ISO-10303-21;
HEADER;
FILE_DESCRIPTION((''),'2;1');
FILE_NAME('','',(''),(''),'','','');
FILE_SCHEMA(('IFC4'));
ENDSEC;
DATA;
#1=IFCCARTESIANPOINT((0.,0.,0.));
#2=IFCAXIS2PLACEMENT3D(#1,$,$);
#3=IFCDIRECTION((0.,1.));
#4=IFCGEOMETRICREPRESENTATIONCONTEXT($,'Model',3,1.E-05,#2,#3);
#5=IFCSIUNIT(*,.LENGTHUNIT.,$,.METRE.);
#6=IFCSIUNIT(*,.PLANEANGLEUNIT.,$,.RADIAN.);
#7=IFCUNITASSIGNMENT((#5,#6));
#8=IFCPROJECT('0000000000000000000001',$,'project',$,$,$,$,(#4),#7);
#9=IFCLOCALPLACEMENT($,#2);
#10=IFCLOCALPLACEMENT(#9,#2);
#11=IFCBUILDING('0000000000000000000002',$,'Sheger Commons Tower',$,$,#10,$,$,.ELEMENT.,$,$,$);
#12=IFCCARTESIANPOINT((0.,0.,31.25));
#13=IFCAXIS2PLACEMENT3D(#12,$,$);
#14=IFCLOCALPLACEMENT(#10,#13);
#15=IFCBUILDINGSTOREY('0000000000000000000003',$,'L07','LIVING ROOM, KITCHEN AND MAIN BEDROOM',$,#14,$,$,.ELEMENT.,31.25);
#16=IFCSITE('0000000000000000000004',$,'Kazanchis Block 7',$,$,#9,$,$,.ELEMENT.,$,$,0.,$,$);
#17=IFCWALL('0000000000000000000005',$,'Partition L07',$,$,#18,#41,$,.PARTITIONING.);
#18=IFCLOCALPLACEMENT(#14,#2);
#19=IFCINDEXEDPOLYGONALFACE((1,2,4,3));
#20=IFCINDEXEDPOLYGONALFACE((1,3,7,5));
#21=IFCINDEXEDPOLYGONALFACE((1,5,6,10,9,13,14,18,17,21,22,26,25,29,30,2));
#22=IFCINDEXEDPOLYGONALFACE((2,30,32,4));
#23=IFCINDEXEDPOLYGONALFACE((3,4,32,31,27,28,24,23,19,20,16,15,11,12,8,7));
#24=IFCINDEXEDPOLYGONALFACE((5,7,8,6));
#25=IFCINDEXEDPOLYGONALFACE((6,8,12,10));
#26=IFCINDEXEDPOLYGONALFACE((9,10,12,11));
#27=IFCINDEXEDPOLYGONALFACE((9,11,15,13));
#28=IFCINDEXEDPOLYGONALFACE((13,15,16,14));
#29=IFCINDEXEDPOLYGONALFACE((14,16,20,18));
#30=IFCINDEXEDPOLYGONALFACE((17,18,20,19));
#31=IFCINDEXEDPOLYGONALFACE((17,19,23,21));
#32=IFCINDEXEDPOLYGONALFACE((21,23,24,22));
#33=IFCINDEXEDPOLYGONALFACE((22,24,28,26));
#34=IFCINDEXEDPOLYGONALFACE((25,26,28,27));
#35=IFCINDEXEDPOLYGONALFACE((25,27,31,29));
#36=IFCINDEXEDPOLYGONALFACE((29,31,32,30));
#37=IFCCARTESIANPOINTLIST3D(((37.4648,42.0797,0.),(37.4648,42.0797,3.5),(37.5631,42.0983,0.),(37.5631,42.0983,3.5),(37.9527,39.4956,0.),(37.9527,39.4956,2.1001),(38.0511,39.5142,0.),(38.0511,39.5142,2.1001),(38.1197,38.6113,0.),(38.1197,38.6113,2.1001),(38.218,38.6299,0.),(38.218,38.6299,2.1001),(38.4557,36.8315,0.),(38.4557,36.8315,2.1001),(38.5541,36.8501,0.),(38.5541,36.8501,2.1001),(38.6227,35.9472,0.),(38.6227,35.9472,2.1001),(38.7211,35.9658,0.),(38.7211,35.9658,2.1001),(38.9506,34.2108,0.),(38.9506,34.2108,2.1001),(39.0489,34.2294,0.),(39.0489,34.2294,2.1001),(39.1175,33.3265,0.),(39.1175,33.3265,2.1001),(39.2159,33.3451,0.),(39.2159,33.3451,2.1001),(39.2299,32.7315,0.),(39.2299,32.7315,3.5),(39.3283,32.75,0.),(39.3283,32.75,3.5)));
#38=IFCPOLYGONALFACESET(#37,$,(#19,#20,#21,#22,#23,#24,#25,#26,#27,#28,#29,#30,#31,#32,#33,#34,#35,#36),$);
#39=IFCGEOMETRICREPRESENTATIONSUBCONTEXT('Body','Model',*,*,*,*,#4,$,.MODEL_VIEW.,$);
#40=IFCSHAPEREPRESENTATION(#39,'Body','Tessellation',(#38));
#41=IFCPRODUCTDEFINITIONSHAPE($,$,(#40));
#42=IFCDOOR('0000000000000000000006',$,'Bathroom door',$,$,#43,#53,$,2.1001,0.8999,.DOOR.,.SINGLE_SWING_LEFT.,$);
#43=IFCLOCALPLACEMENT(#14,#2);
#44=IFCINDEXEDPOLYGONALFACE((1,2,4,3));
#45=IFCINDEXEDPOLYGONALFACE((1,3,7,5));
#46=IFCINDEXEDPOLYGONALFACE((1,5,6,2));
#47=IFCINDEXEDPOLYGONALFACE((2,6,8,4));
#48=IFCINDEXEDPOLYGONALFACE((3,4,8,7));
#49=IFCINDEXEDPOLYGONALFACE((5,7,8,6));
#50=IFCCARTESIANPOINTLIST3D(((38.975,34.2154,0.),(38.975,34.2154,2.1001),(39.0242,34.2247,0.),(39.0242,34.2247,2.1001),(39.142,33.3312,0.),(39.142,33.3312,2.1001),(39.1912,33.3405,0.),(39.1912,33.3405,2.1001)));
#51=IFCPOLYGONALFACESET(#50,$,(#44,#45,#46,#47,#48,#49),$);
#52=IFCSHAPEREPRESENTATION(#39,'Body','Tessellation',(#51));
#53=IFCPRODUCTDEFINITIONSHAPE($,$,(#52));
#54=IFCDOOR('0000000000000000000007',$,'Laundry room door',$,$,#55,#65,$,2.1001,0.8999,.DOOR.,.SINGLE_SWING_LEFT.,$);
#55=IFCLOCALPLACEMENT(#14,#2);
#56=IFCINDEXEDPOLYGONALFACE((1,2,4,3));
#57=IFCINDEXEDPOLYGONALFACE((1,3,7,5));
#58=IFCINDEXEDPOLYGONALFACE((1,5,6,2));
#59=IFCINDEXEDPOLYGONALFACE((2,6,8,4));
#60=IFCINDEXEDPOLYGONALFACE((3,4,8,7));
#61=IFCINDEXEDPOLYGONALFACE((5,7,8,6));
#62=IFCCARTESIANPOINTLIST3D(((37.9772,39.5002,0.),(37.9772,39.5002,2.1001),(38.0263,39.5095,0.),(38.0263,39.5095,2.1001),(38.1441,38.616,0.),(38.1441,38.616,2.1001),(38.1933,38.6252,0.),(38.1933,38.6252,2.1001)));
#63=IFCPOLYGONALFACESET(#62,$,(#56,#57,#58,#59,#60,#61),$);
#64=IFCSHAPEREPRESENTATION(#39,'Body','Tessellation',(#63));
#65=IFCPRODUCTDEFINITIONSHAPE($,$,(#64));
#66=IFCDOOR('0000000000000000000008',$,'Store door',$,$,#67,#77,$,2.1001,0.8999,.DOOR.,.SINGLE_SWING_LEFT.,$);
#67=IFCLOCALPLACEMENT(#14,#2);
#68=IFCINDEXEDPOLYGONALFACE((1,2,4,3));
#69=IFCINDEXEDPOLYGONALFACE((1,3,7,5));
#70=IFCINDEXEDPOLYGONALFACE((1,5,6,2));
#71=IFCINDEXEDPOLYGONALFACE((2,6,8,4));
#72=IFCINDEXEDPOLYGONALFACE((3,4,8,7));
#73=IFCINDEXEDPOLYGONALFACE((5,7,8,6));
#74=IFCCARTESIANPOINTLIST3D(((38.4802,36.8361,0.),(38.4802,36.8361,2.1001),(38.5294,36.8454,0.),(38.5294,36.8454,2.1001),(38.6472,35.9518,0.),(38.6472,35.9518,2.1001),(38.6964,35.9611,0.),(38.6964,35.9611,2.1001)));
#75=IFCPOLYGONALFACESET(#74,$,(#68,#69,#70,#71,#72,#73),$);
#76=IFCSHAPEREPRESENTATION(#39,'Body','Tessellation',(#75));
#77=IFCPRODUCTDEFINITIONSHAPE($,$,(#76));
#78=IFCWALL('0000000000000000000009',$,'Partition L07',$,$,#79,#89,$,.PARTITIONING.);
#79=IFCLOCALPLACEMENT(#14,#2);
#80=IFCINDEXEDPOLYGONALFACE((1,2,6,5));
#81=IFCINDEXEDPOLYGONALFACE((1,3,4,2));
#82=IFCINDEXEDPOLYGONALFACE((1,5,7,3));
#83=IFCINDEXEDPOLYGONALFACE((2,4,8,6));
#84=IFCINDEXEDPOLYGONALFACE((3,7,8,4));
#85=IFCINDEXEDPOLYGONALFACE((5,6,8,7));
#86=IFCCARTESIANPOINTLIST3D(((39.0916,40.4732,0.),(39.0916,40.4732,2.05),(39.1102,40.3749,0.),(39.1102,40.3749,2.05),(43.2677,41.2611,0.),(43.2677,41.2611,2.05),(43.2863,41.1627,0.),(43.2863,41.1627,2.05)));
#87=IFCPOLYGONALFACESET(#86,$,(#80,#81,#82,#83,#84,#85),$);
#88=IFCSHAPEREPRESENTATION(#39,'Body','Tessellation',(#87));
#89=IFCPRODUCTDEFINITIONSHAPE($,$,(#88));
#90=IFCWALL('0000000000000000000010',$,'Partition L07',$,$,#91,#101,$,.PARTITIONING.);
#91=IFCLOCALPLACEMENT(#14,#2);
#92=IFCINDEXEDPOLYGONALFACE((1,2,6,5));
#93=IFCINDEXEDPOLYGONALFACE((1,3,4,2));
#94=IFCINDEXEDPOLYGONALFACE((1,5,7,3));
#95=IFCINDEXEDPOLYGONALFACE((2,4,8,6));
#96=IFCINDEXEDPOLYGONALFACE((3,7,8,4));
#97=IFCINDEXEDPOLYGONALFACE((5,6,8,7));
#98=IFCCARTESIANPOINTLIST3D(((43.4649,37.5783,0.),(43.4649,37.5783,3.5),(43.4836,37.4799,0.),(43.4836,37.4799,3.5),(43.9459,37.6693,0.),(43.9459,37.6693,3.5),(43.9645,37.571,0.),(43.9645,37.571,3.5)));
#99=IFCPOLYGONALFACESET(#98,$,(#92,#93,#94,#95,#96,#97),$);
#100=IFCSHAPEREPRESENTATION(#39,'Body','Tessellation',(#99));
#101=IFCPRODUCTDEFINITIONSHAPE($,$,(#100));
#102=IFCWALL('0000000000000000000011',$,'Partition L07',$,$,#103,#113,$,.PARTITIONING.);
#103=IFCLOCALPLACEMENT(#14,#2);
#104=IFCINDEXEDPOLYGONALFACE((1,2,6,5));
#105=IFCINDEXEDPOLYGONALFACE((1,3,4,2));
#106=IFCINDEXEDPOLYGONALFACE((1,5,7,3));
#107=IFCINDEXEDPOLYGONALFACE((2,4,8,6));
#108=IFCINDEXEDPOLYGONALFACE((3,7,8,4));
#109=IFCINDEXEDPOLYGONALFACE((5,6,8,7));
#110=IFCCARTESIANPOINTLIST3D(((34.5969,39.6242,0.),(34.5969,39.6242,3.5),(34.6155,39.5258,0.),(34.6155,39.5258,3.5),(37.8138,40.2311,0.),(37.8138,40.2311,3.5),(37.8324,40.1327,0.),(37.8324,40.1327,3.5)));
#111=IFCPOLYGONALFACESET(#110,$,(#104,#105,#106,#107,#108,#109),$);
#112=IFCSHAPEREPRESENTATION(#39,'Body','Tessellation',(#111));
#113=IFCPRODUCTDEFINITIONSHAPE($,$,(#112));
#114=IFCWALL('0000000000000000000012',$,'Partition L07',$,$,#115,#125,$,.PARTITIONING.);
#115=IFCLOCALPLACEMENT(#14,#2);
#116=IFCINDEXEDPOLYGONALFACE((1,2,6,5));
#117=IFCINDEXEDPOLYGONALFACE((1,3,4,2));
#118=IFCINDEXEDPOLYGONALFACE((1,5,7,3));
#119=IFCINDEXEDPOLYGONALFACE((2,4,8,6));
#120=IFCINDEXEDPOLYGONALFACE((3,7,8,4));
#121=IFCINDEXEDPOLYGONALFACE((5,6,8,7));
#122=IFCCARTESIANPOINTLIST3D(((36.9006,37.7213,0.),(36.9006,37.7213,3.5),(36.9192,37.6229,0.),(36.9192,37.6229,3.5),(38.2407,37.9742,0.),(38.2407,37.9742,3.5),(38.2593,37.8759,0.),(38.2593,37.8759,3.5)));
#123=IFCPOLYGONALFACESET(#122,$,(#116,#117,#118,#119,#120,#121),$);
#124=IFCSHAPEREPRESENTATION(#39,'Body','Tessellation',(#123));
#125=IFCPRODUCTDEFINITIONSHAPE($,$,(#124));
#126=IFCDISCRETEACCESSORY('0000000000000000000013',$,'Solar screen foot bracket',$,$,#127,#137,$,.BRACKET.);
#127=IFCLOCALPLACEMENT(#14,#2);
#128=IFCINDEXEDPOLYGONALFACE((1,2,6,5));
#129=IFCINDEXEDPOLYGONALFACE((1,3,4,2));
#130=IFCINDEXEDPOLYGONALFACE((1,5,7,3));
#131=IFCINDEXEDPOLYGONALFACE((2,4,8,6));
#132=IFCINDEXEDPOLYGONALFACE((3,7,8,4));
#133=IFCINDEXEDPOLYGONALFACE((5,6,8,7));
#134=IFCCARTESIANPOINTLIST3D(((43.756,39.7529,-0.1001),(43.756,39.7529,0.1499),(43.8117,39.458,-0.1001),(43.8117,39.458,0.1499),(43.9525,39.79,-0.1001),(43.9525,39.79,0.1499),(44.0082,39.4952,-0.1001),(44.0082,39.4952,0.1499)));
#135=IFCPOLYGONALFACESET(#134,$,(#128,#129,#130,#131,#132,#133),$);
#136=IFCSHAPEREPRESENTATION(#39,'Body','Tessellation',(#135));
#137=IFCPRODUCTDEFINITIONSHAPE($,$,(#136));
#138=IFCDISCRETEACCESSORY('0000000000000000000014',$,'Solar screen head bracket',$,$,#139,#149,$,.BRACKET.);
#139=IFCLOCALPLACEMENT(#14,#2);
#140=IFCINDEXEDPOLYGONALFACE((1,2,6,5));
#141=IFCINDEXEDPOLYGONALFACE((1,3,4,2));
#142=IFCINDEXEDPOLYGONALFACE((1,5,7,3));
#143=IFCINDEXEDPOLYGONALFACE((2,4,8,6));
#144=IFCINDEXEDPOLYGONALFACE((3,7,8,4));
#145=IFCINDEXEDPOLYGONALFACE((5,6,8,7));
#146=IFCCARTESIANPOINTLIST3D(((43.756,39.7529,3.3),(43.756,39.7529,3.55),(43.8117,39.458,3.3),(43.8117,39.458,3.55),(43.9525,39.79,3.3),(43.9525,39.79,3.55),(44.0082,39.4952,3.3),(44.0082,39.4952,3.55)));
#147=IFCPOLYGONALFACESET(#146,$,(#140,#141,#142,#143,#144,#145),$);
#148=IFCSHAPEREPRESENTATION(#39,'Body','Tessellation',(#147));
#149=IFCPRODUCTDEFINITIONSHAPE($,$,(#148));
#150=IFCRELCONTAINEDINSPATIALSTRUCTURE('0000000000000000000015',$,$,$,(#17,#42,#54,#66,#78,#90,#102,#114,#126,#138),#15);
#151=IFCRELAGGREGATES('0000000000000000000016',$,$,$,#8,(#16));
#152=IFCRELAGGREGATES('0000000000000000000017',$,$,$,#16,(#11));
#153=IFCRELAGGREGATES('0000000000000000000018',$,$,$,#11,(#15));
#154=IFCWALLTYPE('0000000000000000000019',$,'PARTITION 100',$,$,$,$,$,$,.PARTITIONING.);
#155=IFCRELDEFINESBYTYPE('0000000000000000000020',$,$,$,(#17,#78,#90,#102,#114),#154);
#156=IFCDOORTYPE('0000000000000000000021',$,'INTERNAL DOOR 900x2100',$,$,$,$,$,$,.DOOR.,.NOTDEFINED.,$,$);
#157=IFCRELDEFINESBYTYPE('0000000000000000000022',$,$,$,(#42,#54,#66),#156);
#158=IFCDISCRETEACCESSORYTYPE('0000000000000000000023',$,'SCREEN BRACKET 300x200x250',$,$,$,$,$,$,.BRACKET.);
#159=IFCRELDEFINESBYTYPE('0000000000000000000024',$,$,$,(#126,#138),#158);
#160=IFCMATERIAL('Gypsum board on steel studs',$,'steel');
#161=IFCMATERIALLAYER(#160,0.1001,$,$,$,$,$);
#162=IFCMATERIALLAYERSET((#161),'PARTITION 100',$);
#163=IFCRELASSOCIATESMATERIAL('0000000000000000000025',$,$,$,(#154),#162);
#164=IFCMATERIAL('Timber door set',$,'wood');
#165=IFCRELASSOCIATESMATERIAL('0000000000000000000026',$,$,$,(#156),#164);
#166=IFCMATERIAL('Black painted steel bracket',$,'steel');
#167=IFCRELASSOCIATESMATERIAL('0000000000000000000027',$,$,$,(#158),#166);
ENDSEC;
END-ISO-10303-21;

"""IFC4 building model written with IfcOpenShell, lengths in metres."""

from ifc_helpers import new_model, si_unit, direction, frame, frame_2d, origin, origin_2d, place, context, subcontext, project, spatial, rectangle, extrude, material, layer, layer_set, type_object, element, fill, save


model = new_model("IFC4")

# Units and contexts
model_context = context("Model", 3, precision=1e-05, world=origin(), true_north=direction((0.0, 1.0)))
body_context = subcontext(model_context, "Body", "Model", "MODEL_VIEW")
ifc_project = project(units=[si_unit("LENGTHUNIT", "METRE"), si_unit("PLANEANGLEUNIT", "RADIAN")], contexts=[model_context])

# Site, building, storey
site_placement = place(None, origin())
site = spatial("IfcSite", under=ifc_project, at=site_placement, Name="Kazanchis Block 7", CompositionType="ELEMENT", RefElevation=0.0)
building_placement = place(site_placement, origin())
building = spatial("IfcBuilding", under=site, at=building_placement, Name="Sheger Commons Tower", CompositionType="ELEMENT")
storey_placement = place(building_placement, frame((0.0, 0.0, 31.25)))
storey = spatial("IfcBuildingStorey", under=building, at=storey_placement, Name="L07", Description="LIVING ROOM, KITCHEN AND MAIN BEDROOM", CompositionType="ELEMENT", Elevation=31.25)

# Shared definitions
ifc_material_1 = material(Name="Gypsum board on steel studs", Category="steel")
ifc_layer_1 = layer(ifc_material_1, 0.1001)
ifc_layer_set_1 = layer_set([ifc_layer_1], Name="PARTITION 100")
wall_type = type_object("IfcWallType", Name="PARTITION 100", PredefinedType="PARTITIONING", material=ifc_layer_set_1)

# Shared definitions
ifc_material_2 = material(Name="Timber door set", Category="wood")
door_type = type_object("IfcDoorType", Name="INTERNAL DOOR 900x2100", OperationType="NOTDEFINED", PredefinedType="DOOR", material=ifc_material_2)

# Wall, openings, doors
wall_1_placement = place(storey_placement, frame((37.5139, 42.0891, 0.0), z_axis=(0.0, 0.0, 1.0), x_axis=(0.185543, -0.982636, 0.0)))
wall_1 = element("IfcWall", 1, at=wall_1_placement, inside=storey, type_object=wall_type, Name="Partition L07", PredefinedType="PARTITIONING", context=body_context, shape_type="SweptSolid", body=[
    extrude(rectangle(XDim=9.5134, YDim=0.1001, at=frame_2d((4.7568, 0.0))), origin(), (0.0, 0.0, 1.0), 3.5),
])
opening_1_placement = place(wall_1_placement, frame((8.0081, 0.0, 0.0)))
opening_1 = element("IfcOpeningElement", 2, at=opening_1_placement, cuts=wall_1, PredefinedType="OPENING", context=body_context, shape_type="SweptSolid", body=[
    extrude(rectangle(XDim=0.8999, YDim=2.1001, at=frame_2d((0.45, 1.05))), frame((0.0, 0.0601, 0.0), z_axis=(0.0, -1.0, 0.0), x_axis=(1.0, 0.0, 0.0)), (0.0, 0.0, 1.0), 0.1201),
])
opening_2_placement = place(wall_1_placement, frame((2.6299, 0.0, 0.0)))
opening_2 = element("IfcOpeningElement", 3, at=opening_2_placement, cuts=wall_1, PredefinedType="OPENING", context=body_context, shape_type="SweptSolid", body=[
    extrude(rectangle(XDim=0.8999, YDim=2.1001, at=frame_2d((0.45, 1.05))), frame((0.0, 0.0601, 0.0), z_axis=(0.0, -1.0, 0.0), x_axis=(1.0, 0.0, 0.0)), (0.0, 0.0, 1.0), 0.1201),
])
opening_3_placement = place(wall_1_placement, frame((5.3411, 0.0, 0.0)))
opening_3 = element("IfcOpeningElement", 4, at=opening_3_placement, cuts=wall_1, PredefinedType="OPENING", context=body_context, shape_type="SweptSolid", body=[
    extrude(rectangle(XDim=0.8999, YDim=2.1001, at=frame_2d((0.45, 1.05))), frame((0.0, 0.0601, 0.0), z_axis=(0.0, -1.0, 0.0), x_axis=(1.0, 0.0, 0.0)), (0.0, 0.0, 1.0), 0.1201),
])
door_1_placement = place(opening_1_placement, origin())
door_1 = element("IfcDoor", 5, at=door_1_placement, inside=storey, type_object=door_type, Name="Bathroom door", OperationType="SINGLE_SWING_LEFT", OverallHeight=2.1001, OverallWidth=0.8999, PredefinedType="DOOR", context=body_context, shape_type="SweptSolid", body=[
    extrude(rectangle(XDim=0.8999, YDim=2.1001, at=frame_2d((0.45, 1.05))), frame((0.0, 0.0249, 0.0), z_axis=(0.0, -1.0, 0.0), x_axis=(1.0, 0.0, 0.0)), (0.0, 0.0, 1.0), 0.05),
])
fill(opening_1, door_1)
door_2_placement = place(opening_2_placement, origin())
door_2 = element("IfcDoor", 6, at=door_2_placement, inside=storey, type_object=door_type, Name="Laundry room door", OperationType="SINGLE_SWING_LEFT", OverallHeight=2.1001, OverallWidth=0.8999, PredefinedType="DOOR", context=body_context, shape_type="SweptSolid", body=[
    extrude(rectangle(XDim=0.8999, YDim=2.1001, at=frame_2d((0.45, 1.05))), frame((0.0, 0.0249, 0.0), z_axis=(0.0, -1.0, 0.0), x_axis=(1.0, 0.0, 0.0)), (0.0, 0.0, 1.0), 0.05),
])
fill(opening_2, door_2)
door_3_placement = place(opening_3_placement, origin())
door_3 = element("IfcDoor", 7, at=door_3_placement, inside=storey, type_object=door_type, Name="Store door", OperationType="SINGLE_SWING_LEFT", OverallHeight=2.1001, OverallWidth=0.8999, PredefinedType="DOOR", context=body_context, shape_type="SweptSolid", body=[
    extrude(rectangle(XDim=0.8999, YDim=2.1001, at=frame_2d((0.45, 1.05))), frame((0.0, 0.0249, 0.0), z_axis=(0.0, -1.0, 0.0), x_axis=(1.0, 0.0, 0.0)), (0.0, 0.0, 1.0), 0.05),
])
fill(opening_3, door_3)

# Walls
wall_2_placement = place(storey_placement, frame((43.2771, 41.2119, 0.0), z_axis=(0.0, 0.0, 1.0), x_axis=(-0.982665, -0.185388, 0.0)))
element("IfcWall", 8, at=wall_2_placement, inside=storey, type_object=wall_type, Name="Partition L07", PredefinedType="PARTITIONING", context=body_context, shape_type="SweptSolid", body=[
    extrude(rectangle(XDim=4.2498, YDim=0.1001, at=frame_2d((2.125, 0.0))), origin(), (0.0, 0.0, 1.0), 2.05),
])
wall_3_placement = place(storey_placement, frame((43.9551, 37.6201, 0.0), z_axis=(0.0, 0.0, 1.0), x_axis=(-0.982543, -0.186035, 0.0)))
element("IfcWall", 9, at=wall_3_placement, inside=storey, type_object=wall_type, Name="Partition L07", PredefinedType="PARTITIONING", context=body_context, shape_type="SweptSolid", body=[
    extrude(rectangle(XDim=0.4895, YDim=0.1001, at=frame_2d((0.2446, 0.0))), origin(), (0.0, 0.0, 1.0), 3.5),
])
wall_4_placement = place(storey_placement, frame((37.823, 40.1819, 0.0), z_axis=(0.0, 0.0, 1.0), x_axis=(-0.982665, -0.185392, 0.0)))
element("IfcWall", 10, at=wall_4_placement, inside=storey, type_object=wall_type, Name="Partition L07", PredefinedType="PARTITIONING", context=body_context, shape_type="SweptSolid", body=[
    extrude(rectangle(XDim=3.2737, YDim=0.1001, at=frame_2d((1.6367, 0.0))), origin(), (0.0, 0.0, 1.0), 3.5),
])
wall_5_placement = place(storey_placement, frame((38.25, 37.925, 0.0), z_axis=(0.0, 0.0, 1.0), x_axis=(-0.982651, -0.185467, 0.0)))
element("IfcWall", 11, at=wall_5_placement, inside=storey, type_object=wall_type, Name="Partition L07", PredefinedType="PARTITIONING", context=body_context, shape_type="SweptSolid", body=[
    extrude(rectangle(XDim=1.3638, YDim=0.1001, at=frame_2d((0.6819, 0.0))), origin(), (0.0, 0.0, 1.0), 3.5),
])

# Discrete accessories
ifc_material_3 = material(Name="Black painted steel bracket", Category="steel")
discrete_accessory_type = type_object("IfcDiscreteAccessoryType", Name="SCREEN BRACKET 300x200x250", PredefinedType="BRACKET", material=ifc_material_3)
for number, where, z_axis, x_axis, name in (
    (12, (43.8821, 39.624, -0.1001), (0.0, 0.0, 1.0), (-0.185615, 0.982623, 0.0), "Solar screen foot bracket"),
    (13, (43.8821, 39.624, 3.3), (0.0, 0.0, 1.0), (-0.185615, 0.982623, 0.0), "Solar screen head bracket"),
):
    element("IfcDiscreteAccessory", number, at=place(storey_placement, frame(where, z_axis=z_axis, x_axis=x_axis)), inside=storey, type_object=discrete_accessory_type, Name=name, PredefinedType="BRACKET", context=body_context, shape_type="SweptSolid", body=[
        extrude(rectangle(XDim=0.3, YDim=0.2, at=origin_2d()), origin(), (0.0, 0.0, 1.0), 0.25),
    ])

save(model, "model.ifc")
